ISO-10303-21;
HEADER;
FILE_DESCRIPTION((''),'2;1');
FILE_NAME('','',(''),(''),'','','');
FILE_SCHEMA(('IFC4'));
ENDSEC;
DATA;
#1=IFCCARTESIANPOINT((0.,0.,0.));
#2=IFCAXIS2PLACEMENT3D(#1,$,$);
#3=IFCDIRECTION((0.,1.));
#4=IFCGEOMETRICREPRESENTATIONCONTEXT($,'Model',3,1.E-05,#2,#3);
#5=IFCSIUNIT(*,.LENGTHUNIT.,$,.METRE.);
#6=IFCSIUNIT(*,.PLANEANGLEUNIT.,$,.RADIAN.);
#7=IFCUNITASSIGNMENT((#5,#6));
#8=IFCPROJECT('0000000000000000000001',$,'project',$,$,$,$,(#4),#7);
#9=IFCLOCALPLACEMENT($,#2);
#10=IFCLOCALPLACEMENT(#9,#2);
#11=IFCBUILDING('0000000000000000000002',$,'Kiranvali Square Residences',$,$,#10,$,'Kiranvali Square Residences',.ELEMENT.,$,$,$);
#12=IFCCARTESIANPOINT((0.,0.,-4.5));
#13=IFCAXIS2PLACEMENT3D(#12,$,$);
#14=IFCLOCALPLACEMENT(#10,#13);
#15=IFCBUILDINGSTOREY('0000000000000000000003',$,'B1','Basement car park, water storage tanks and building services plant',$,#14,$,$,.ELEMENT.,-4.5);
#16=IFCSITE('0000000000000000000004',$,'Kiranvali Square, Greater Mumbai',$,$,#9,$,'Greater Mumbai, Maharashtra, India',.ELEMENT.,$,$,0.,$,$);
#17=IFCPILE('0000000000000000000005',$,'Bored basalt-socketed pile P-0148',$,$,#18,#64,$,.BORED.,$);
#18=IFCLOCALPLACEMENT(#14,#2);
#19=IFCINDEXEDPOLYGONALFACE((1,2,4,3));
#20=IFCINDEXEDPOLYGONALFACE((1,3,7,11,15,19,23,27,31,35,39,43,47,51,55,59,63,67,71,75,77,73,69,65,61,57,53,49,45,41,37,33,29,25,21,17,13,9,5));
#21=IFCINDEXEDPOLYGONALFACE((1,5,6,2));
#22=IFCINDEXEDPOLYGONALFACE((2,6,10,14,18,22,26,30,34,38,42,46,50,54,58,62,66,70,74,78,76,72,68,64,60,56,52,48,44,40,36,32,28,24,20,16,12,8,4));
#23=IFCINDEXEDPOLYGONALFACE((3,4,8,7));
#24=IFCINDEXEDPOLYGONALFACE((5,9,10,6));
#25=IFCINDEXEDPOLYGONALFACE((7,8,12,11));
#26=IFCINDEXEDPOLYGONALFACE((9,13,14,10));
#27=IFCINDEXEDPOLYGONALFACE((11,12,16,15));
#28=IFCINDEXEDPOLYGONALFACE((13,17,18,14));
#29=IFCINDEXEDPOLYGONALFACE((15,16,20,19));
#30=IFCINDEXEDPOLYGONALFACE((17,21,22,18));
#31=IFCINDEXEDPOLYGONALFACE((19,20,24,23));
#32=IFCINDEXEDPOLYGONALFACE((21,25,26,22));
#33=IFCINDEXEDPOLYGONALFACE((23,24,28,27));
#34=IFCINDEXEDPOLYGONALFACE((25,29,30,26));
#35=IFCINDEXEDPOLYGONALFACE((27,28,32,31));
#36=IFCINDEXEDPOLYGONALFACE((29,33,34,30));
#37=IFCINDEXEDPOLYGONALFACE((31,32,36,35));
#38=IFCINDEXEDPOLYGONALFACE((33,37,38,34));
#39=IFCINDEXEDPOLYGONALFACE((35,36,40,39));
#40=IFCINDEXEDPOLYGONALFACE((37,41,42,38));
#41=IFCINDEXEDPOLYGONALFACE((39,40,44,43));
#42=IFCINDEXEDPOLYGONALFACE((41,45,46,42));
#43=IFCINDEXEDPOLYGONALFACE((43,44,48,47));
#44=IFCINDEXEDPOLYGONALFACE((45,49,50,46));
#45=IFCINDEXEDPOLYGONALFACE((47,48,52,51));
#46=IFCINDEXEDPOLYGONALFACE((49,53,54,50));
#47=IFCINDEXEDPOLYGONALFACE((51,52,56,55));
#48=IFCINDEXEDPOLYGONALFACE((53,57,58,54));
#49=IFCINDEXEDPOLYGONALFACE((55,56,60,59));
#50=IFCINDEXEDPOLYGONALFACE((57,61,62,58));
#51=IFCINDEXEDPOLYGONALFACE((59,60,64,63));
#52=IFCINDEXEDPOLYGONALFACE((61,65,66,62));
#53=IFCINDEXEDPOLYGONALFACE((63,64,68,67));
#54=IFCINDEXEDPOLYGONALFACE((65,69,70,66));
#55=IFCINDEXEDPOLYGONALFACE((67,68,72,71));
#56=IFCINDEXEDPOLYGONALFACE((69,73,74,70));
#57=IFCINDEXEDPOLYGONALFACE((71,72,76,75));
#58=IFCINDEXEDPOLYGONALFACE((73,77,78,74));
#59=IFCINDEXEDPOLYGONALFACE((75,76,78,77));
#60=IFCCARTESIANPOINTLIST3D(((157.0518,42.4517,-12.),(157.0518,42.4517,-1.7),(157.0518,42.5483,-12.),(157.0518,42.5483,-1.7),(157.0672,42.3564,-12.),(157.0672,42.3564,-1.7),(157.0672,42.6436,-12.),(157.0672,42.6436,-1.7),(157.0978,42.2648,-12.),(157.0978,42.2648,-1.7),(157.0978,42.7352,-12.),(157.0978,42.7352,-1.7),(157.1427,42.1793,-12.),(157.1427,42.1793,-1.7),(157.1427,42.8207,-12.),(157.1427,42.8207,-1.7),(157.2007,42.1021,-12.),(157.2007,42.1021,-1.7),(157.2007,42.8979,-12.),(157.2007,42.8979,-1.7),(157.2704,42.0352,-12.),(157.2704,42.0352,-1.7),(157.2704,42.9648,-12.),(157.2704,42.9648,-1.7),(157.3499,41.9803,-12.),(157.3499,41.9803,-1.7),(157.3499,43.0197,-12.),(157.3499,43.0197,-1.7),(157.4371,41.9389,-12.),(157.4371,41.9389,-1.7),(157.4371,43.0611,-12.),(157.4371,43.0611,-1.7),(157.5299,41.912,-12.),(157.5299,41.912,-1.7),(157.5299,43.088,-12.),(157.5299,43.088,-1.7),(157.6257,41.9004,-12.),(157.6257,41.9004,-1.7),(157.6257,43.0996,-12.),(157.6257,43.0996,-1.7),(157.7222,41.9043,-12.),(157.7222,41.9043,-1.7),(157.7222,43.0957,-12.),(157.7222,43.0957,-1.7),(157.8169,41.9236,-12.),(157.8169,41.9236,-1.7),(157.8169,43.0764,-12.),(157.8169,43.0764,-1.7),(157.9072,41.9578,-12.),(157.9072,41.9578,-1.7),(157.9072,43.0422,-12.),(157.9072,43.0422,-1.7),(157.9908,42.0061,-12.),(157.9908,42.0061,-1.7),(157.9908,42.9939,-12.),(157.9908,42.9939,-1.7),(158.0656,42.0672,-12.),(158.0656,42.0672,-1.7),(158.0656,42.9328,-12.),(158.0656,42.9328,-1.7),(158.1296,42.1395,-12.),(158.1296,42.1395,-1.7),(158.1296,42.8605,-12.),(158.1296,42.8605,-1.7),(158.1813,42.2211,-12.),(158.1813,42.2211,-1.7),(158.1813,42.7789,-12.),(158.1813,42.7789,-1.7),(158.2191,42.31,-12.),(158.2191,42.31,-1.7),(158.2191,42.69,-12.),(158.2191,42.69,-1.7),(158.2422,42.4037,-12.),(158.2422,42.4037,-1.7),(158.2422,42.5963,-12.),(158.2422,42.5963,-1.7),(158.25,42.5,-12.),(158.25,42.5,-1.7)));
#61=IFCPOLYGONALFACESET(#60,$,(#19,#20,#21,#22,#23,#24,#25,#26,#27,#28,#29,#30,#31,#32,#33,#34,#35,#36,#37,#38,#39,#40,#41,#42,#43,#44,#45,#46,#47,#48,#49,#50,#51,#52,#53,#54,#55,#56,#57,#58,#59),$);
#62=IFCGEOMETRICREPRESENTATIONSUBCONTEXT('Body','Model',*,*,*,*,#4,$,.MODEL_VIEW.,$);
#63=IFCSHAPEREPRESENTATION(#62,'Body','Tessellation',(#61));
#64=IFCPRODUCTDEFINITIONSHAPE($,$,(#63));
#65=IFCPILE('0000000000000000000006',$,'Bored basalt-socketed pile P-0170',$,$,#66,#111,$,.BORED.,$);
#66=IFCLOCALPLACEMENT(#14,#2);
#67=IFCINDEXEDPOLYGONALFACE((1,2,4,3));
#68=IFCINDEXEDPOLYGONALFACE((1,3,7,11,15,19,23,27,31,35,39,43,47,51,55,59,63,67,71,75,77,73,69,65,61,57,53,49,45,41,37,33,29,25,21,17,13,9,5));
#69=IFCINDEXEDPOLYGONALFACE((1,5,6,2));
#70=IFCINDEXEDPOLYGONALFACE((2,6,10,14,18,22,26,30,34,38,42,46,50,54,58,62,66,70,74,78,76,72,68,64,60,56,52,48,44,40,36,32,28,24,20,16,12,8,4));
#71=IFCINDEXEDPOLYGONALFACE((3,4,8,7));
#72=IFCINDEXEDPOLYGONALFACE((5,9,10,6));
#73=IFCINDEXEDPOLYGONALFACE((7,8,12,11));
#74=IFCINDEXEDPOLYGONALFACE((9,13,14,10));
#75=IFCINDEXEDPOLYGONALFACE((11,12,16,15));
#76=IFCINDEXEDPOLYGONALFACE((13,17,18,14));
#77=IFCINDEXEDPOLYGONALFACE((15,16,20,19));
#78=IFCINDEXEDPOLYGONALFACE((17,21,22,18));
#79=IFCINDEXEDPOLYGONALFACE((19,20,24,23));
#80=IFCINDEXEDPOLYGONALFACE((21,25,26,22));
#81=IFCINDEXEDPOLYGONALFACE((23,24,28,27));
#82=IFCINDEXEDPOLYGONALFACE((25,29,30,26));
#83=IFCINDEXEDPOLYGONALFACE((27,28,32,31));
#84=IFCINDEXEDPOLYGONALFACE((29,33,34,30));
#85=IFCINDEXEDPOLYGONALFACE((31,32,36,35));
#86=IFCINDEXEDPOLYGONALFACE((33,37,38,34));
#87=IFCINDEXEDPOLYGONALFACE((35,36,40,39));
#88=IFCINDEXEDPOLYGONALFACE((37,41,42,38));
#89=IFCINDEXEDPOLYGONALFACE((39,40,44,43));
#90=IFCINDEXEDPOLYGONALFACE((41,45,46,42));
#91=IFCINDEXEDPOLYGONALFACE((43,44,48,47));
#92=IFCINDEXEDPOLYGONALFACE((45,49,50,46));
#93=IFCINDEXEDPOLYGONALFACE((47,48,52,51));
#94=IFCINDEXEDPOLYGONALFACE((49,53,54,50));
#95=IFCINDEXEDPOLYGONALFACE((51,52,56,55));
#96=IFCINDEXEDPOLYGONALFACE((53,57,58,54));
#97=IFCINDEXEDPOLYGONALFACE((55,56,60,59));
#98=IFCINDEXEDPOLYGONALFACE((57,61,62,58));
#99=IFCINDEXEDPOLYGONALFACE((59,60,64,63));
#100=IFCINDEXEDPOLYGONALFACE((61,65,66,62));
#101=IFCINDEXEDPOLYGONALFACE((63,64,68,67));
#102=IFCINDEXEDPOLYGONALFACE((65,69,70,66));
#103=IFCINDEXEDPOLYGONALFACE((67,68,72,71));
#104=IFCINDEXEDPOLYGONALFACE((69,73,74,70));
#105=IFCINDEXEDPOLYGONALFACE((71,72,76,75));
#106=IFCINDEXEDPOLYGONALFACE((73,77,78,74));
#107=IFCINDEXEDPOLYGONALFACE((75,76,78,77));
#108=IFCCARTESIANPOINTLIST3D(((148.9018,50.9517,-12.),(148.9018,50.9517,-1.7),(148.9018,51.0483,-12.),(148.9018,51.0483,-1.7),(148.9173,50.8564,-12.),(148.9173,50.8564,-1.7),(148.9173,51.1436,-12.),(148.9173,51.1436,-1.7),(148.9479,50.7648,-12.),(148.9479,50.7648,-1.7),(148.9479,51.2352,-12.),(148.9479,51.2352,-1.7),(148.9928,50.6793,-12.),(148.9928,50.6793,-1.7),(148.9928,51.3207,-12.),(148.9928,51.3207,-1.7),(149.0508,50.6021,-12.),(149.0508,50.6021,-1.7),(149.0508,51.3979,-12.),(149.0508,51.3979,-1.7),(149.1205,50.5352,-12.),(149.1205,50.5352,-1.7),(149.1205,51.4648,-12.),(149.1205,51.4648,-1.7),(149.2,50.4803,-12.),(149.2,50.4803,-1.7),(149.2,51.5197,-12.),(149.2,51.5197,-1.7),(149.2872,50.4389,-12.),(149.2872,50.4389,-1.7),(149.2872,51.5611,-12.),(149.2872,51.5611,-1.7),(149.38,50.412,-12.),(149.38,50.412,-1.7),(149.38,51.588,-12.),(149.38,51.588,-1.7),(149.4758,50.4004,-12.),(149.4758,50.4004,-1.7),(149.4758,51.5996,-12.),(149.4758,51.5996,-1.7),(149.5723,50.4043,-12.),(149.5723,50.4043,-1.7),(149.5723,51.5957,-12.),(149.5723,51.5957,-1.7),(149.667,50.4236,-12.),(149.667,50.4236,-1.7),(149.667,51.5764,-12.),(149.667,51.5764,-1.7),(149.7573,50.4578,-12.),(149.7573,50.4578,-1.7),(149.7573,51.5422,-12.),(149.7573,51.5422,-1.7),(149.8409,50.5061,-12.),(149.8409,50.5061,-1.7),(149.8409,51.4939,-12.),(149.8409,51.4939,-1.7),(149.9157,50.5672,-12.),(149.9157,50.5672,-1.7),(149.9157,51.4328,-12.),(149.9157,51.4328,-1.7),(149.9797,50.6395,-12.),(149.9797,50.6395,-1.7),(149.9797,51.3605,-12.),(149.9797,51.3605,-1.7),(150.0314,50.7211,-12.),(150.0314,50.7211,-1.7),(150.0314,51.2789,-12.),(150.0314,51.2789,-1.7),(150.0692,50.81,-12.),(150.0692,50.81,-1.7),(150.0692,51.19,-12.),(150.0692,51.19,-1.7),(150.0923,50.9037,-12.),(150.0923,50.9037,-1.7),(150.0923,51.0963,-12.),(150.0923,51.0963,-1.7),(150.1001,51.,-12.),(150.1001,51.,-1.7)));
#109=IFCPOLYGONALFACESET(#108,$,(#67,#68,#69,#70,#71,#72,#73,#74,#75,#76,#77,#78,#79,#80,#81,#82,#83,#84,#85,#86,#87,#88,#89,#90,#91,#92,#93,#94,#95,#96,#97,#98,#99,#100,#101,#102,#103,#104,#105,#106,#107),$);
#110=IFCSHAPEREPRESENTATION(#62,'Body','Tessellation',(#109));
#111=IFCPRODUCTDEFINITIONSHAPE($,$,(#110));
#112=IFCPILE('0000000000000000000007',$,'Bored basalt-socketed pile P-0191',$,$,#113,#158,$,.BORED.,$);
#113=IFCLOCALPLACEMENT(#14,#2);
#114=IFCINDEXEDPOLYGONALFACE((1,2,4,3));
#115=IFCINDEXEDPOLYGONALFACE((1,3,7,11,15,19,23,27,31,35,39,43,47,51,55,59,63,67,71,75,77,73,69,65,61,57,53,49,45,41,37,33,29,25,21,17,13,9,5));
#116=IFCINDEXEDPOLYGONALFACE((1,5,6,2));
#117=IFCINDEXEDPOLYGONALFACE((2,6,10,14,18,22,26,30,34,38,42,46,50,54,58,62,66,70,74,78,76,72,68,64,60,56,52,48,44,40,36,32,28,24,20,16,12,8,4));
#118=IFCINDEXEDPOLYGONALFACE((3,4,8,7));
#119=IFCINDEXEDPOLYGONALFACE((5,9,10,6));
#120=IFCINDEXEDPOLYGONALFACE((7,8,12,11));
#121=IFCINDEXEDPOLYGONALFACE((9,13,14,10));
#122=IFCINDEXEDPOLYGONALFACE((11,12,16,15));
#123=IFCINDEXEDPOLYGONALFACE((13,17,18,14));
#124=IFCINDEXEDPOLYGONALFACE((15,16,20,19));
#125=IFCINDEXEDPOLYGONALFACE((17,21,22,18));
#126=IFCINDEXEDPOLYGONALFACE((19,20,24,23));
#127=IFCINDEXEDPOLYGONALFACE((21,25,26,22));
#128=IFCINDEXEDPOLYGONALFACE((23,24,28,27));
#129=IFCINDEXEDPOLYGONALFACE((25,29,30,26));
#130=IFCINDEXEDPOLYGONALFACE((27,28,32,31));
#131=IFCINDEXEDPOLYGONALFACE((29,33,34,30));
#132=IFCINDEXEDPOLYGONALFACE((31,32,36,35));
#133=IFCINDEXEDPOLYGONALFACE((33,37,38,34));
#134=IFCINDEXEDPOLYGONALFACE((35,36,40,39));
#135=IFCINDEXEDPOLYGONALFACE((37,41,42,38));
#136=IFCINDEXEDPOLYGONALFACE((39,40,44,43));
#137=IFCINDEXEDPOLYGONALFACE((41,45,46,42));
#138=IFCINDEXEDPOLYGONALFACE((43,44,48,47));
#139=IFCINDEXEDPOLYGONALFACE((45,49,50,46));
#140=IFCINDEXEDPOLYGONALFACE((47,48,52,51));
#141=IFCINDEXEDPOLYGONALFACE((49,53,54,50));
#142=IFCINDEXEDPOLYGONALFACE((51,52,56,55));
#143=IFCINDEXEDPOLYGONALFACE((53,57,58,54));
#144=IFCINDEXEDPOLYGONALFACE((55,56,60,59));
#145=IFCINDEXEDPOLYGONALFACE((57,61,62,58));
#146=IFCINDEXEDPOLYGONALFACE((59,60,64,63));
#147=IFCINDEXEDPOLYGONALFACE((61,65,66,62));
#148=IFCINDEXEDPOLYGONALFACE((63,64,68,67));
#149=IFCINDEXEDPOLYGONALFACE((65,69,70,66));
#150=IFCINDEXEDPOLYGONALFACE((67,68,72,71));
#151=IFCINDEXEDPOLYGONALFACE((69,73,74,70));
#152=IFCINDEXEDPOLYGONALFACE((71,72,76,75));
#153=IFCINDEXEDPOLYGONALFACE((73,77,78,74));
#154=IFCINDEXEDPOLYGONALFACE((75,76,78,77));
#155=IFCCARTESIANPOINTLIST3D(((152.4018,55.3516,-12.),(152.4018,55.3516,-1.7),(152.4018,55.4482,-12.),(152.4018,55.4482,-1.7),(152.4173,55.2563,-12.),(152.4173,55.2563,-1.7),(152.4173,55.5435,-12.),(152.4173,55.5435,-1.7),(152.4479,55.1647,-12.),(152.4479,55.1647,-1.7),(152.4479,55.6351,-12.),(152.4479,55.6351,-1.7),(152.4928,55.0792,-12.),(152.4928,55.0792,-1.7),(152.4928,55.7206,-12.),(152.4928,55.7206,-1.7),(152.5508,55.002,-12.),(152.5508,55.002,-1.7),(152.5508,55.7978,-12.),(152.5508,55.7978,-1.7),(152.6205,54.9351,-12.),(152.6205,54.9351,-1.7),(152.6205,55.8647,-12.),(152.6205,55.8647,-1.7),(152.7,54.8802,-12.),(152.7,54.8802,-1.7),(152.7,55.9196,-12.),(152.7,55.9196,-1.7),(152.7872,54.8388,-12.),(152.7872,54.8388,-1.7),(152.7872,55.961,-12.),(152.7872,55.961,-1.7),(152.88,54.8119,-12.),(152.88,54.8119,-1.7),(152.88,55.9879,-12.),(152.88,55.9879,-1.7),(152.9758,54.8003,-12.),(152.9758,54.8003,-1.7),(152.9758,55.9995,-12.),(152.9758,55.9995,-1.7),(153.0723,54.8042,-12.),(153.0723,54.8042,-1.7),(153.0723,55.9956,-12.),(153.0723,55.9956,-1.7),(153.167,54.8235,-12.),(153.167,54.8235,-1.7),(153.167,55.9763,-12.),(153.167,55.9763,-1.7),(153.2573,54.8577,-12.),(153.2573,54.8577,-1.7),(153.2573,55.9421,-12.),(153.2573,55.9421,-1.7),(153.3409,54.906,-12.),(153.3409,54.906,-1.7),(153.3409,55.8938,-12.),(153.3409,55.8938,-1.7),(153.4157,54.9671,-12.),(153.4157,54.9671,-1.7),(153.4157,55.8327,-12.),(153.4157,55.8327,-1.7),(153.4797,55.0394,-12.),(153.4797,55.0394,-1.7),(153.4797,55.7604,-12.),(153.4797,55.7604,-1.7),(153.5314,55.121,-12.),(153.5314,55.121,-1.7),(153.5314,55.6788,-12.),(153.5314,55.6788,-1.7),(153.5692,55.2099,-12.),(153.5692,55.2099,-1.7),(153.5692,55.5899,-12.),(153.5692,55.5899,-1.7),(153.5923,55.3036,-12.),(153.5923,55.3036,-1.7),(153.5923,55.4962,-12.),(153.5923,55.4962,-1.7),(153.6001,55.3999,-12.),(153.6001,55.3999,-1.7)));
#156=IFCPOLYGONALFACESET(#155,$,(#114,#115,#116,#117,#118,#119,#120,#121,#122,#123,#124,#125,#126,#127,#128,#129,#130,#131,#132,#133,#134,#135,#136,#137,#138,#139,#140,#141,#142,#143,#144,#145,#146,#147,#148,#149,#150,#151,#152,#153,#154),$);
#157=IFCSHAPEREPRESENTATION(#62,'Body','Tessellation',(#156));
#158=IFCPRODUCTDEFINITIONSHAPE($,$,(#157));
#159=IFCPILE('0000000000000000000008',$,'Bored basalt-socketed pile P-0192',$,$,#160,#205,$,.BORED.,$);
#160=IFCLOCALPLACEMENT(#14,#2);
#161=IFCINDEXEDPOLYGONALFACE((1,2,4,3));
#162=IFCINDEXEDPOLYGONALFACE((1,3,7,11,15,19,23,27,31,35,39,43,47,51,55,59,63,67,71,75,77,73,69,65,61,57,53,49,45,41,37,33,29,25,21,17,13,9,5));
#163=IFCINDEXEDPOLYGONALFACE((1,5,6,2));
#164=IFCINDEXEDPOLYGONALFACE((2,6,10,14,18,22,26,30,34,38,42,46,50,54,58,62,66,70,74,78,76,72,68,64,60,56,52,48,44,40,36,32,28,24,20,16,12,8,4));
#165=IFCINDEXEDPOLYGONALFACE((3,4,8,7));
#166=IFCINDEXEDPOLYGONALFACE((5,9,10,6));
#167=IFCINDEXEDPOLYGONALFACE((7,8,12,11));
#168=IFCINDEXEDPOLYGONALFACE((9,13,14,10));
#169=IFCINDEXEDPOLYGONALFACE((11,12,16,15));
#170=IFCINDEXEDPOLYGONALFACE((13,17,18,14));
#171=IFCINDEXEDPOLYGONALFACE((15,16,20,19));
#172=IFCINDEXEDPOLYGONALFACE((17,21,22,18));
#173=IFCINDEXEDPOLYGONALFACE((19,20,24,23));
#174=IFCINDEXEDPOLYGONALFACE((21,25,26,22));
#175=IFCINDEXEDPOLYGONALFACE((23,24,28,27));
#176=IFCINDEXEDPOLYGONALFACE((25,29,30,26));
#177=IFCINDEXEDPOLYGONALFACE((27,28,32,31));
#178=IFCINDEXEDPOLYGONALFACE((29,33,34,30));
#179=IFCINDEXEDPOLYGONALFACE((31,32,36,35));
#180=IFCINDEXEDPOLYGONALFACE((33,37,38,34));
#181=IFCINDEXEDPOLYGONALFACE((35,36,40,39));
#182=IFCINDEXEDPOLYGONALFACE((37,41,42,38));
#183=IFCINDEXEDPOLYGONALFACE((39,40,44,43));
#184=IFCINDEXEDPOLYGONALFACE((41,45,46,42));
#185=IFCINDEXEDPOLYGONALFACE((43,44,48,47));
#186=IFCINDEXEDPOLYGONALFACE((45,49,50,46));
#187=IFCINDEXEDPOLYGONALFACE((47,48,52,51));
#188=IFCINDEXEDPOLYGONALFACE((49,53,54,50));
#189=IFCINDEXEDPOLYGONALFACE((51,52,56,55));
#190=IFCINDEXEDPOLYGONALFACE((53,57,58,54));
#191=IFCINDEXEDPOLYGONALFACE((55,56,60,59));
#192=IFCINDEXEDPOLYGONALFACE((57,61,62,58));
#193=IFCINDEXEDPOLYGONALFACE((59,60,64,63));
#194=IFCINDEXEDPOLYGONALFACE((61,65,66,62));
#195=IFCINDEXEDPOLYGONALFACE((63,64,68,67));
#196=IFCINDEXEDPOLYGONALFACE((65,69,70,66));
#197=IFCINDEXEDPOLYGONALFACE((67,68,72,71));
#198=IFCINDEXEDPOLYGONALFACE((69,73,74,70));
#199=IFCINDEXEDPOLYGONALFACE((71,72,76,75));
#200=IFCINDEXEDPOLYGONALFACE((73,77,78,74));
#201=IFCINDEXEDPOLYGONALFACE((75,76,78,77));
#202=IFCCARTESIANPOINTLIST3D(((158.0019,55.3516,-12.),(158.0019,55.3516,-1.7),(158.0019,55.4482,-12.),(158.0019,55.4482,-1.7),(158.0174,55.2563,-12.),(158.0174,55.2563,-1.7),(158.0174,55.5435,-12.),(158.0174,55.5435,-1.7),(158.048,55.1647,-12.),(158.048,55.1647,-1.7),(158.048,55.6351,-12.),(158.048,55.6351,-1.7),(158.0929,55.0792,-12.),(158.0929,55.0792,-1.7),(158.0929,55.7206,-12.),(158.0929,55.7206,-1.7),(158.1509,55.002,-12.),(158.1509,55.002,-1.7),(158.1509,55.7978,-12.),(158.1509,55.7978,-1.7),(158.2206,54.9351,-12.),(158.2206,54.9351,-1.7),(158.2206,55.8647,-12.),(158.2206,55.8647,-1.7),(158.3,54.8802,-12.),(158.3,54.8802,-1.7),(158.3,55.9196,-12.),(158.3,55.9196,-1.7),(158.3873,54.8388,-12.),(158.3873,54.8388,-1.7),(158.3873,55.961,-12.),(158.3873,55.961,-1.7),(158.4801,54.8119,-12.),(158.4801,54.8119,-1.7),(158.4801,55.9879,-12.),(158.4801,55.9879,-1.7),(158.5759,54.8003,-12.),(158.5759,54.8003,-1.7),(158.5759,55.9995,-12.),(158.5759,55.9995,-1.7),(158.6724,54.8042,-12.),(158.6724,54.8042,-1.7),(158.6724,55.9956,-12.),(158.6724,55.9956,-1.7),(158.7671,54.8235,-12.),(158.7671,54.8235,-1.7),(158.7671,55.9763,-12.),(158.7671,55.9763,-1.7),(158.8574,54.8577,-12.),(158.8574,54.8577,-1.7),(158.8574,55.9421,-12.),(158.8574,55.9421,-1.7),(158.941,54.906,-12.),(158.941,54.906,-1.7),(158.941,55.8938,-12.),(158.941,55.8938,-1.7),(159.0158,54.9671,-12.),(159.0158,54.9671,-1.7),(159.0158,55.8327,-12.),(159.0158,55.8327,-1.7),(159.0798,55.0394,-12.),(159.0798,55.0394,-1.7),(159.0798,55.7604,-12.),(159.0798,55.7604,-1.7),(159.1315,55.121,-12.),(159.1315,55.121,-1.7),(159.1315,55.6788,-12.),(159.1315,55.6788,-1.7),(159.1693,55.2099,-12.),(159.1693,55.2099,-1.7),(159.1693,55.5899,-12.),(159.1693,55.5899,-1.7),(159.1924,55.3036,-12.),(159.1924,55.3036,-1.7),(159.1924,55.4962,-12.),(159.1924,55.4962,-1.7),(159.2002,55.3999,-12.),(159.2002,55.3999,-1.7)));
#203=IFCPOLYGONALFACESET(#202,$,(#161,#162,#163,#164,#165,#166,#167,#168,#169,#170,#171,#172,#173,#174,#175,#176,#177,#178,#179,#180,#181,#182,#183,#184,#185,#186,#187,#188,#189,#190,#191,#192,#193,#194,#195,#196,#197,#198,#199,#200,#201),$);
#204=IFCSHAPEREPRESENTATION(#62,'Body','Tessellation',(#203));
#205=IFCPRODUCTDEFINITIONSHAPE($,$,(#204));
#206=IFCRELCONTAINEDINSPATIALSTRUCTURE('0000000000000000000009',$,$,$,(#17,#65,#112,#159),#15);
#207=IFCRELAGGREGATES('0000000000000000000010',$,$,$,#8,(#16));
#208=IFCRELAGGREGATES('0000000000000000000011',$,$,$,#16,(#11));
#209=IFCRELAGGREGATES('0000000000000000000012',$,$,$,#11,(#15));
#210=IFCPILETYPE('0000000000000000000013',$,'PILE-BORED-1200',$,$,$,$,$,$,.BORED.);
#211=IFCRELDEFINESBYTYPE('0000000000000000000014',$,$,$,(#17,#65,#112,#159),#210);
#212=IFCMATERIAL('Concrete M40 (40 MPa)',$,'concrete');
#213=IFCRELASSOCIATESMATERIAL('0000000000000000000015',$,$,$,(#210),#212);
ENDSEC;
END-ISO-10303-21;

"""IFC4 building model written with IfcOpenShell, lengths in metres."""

from ifc_helpers import new_model, si_unit, direction, frame, origin, origin_2d, place, context, subcontext, project, spatial, circle, extrude, material, material_profile, profile_set, type_object, element, save


model = new_model("IFC4")

# Units and contexts
model_context = context("Model", 3, precision=1e-05, world=origin(), true_north=direction((0.0, 1.0)))
body_context = subcontext(model_context, "Body", "Model", "MODEL_VIEW")
ifc_project = project(units=[si_unit("LENGTHUNIT", "METRE"), si_unit("PLANEANGLEUNIT", "RADIAN")], contexts=[model_context])

# Site, building, storey
site_placement = place(None, origin())
site = spatial("IfcSite", under=ifc_project, at=site_placement, Name="Kiranvali Square, Greater Mumbai", LongName="Greater Mumbai, Maharashtra, India", CompositionType="ELEMENT", RefElevation=0.0)
building_placement = place(site_placement, origin())
building = spatial("IfcBuilding", under=site, at=building_placement, Name="Kiranvali Square Residences", LongName="Kiranvali Square Residences", CompositionType="ELEMENT")
storey_placement = place(building_placement, frame((0.0, 0.0, -4.5)))
storey = spatial("IfcBuildingStorey", under=building, at=storey_placement, Name="B1", Description="Basement car park, water storage tanks and building services plant", CompositionType="ELEMENT", Elevation=-4.5)

# Shared definitions
ifc_material_1 = material(Name="Concrete M40 (40 MPa)", Category="concrete")

# Piles
ifc_material_profile_1 = material_profile(ifc_material_1, circle(Radius=0.6001, at=origin_2d()), Name="BORED PILE 1200")
ifc_profile_set_1 = profile_set([ifc_material_profile_1], Name="Concrete M40 (40 MPa)")
pile_type = type_object("IfcPileType", Name="PILE-BORED-1200", PredefinedType="BORED", material=ifc_profile_set_1)
for number, where, z_axis, x_axis, name in (
    (1, (157.6499, 42.5, -1.7), (0.0, 0.0, -1.0), (1.0, 0.0, 0.0), "Bored basalt-socketed pile P-0148"),
    (2, (149.5, 51.0, -1.7), (0.0, 0.0, -1.0), (1.0, 0.0, 0.0), "Bored basalt-socketed pile P-0170"),
    (3, (153.0, 55.3999, -1.7), (0.0, 0.0, -1.0), (1.0, 0.0, 0.0), "Bored basalt-socketed pile P-0191"),
    (4, (158.6001, 55.3999, -1.7), (0.0, 0.0, -1.0), (1.0, 0.0, 0.0), "Bored basalt-socketed pile P-0192"),
):
    element("IfcPile", number, at=place(storey_placement, frame(where, z_axis=z_axis, x_axis=x_axis)), inside=storey, type_object=pile_type, Name=name, PredefinedType="BORED", context=body_context, shape_type="SweptSolid", body=[
        extrude(circle(Radius=0.6001, at=origin_2d()), origin(), (0.0, 0.0, 1.0), 10.3),
    ])

save(model, "model.ifc")
